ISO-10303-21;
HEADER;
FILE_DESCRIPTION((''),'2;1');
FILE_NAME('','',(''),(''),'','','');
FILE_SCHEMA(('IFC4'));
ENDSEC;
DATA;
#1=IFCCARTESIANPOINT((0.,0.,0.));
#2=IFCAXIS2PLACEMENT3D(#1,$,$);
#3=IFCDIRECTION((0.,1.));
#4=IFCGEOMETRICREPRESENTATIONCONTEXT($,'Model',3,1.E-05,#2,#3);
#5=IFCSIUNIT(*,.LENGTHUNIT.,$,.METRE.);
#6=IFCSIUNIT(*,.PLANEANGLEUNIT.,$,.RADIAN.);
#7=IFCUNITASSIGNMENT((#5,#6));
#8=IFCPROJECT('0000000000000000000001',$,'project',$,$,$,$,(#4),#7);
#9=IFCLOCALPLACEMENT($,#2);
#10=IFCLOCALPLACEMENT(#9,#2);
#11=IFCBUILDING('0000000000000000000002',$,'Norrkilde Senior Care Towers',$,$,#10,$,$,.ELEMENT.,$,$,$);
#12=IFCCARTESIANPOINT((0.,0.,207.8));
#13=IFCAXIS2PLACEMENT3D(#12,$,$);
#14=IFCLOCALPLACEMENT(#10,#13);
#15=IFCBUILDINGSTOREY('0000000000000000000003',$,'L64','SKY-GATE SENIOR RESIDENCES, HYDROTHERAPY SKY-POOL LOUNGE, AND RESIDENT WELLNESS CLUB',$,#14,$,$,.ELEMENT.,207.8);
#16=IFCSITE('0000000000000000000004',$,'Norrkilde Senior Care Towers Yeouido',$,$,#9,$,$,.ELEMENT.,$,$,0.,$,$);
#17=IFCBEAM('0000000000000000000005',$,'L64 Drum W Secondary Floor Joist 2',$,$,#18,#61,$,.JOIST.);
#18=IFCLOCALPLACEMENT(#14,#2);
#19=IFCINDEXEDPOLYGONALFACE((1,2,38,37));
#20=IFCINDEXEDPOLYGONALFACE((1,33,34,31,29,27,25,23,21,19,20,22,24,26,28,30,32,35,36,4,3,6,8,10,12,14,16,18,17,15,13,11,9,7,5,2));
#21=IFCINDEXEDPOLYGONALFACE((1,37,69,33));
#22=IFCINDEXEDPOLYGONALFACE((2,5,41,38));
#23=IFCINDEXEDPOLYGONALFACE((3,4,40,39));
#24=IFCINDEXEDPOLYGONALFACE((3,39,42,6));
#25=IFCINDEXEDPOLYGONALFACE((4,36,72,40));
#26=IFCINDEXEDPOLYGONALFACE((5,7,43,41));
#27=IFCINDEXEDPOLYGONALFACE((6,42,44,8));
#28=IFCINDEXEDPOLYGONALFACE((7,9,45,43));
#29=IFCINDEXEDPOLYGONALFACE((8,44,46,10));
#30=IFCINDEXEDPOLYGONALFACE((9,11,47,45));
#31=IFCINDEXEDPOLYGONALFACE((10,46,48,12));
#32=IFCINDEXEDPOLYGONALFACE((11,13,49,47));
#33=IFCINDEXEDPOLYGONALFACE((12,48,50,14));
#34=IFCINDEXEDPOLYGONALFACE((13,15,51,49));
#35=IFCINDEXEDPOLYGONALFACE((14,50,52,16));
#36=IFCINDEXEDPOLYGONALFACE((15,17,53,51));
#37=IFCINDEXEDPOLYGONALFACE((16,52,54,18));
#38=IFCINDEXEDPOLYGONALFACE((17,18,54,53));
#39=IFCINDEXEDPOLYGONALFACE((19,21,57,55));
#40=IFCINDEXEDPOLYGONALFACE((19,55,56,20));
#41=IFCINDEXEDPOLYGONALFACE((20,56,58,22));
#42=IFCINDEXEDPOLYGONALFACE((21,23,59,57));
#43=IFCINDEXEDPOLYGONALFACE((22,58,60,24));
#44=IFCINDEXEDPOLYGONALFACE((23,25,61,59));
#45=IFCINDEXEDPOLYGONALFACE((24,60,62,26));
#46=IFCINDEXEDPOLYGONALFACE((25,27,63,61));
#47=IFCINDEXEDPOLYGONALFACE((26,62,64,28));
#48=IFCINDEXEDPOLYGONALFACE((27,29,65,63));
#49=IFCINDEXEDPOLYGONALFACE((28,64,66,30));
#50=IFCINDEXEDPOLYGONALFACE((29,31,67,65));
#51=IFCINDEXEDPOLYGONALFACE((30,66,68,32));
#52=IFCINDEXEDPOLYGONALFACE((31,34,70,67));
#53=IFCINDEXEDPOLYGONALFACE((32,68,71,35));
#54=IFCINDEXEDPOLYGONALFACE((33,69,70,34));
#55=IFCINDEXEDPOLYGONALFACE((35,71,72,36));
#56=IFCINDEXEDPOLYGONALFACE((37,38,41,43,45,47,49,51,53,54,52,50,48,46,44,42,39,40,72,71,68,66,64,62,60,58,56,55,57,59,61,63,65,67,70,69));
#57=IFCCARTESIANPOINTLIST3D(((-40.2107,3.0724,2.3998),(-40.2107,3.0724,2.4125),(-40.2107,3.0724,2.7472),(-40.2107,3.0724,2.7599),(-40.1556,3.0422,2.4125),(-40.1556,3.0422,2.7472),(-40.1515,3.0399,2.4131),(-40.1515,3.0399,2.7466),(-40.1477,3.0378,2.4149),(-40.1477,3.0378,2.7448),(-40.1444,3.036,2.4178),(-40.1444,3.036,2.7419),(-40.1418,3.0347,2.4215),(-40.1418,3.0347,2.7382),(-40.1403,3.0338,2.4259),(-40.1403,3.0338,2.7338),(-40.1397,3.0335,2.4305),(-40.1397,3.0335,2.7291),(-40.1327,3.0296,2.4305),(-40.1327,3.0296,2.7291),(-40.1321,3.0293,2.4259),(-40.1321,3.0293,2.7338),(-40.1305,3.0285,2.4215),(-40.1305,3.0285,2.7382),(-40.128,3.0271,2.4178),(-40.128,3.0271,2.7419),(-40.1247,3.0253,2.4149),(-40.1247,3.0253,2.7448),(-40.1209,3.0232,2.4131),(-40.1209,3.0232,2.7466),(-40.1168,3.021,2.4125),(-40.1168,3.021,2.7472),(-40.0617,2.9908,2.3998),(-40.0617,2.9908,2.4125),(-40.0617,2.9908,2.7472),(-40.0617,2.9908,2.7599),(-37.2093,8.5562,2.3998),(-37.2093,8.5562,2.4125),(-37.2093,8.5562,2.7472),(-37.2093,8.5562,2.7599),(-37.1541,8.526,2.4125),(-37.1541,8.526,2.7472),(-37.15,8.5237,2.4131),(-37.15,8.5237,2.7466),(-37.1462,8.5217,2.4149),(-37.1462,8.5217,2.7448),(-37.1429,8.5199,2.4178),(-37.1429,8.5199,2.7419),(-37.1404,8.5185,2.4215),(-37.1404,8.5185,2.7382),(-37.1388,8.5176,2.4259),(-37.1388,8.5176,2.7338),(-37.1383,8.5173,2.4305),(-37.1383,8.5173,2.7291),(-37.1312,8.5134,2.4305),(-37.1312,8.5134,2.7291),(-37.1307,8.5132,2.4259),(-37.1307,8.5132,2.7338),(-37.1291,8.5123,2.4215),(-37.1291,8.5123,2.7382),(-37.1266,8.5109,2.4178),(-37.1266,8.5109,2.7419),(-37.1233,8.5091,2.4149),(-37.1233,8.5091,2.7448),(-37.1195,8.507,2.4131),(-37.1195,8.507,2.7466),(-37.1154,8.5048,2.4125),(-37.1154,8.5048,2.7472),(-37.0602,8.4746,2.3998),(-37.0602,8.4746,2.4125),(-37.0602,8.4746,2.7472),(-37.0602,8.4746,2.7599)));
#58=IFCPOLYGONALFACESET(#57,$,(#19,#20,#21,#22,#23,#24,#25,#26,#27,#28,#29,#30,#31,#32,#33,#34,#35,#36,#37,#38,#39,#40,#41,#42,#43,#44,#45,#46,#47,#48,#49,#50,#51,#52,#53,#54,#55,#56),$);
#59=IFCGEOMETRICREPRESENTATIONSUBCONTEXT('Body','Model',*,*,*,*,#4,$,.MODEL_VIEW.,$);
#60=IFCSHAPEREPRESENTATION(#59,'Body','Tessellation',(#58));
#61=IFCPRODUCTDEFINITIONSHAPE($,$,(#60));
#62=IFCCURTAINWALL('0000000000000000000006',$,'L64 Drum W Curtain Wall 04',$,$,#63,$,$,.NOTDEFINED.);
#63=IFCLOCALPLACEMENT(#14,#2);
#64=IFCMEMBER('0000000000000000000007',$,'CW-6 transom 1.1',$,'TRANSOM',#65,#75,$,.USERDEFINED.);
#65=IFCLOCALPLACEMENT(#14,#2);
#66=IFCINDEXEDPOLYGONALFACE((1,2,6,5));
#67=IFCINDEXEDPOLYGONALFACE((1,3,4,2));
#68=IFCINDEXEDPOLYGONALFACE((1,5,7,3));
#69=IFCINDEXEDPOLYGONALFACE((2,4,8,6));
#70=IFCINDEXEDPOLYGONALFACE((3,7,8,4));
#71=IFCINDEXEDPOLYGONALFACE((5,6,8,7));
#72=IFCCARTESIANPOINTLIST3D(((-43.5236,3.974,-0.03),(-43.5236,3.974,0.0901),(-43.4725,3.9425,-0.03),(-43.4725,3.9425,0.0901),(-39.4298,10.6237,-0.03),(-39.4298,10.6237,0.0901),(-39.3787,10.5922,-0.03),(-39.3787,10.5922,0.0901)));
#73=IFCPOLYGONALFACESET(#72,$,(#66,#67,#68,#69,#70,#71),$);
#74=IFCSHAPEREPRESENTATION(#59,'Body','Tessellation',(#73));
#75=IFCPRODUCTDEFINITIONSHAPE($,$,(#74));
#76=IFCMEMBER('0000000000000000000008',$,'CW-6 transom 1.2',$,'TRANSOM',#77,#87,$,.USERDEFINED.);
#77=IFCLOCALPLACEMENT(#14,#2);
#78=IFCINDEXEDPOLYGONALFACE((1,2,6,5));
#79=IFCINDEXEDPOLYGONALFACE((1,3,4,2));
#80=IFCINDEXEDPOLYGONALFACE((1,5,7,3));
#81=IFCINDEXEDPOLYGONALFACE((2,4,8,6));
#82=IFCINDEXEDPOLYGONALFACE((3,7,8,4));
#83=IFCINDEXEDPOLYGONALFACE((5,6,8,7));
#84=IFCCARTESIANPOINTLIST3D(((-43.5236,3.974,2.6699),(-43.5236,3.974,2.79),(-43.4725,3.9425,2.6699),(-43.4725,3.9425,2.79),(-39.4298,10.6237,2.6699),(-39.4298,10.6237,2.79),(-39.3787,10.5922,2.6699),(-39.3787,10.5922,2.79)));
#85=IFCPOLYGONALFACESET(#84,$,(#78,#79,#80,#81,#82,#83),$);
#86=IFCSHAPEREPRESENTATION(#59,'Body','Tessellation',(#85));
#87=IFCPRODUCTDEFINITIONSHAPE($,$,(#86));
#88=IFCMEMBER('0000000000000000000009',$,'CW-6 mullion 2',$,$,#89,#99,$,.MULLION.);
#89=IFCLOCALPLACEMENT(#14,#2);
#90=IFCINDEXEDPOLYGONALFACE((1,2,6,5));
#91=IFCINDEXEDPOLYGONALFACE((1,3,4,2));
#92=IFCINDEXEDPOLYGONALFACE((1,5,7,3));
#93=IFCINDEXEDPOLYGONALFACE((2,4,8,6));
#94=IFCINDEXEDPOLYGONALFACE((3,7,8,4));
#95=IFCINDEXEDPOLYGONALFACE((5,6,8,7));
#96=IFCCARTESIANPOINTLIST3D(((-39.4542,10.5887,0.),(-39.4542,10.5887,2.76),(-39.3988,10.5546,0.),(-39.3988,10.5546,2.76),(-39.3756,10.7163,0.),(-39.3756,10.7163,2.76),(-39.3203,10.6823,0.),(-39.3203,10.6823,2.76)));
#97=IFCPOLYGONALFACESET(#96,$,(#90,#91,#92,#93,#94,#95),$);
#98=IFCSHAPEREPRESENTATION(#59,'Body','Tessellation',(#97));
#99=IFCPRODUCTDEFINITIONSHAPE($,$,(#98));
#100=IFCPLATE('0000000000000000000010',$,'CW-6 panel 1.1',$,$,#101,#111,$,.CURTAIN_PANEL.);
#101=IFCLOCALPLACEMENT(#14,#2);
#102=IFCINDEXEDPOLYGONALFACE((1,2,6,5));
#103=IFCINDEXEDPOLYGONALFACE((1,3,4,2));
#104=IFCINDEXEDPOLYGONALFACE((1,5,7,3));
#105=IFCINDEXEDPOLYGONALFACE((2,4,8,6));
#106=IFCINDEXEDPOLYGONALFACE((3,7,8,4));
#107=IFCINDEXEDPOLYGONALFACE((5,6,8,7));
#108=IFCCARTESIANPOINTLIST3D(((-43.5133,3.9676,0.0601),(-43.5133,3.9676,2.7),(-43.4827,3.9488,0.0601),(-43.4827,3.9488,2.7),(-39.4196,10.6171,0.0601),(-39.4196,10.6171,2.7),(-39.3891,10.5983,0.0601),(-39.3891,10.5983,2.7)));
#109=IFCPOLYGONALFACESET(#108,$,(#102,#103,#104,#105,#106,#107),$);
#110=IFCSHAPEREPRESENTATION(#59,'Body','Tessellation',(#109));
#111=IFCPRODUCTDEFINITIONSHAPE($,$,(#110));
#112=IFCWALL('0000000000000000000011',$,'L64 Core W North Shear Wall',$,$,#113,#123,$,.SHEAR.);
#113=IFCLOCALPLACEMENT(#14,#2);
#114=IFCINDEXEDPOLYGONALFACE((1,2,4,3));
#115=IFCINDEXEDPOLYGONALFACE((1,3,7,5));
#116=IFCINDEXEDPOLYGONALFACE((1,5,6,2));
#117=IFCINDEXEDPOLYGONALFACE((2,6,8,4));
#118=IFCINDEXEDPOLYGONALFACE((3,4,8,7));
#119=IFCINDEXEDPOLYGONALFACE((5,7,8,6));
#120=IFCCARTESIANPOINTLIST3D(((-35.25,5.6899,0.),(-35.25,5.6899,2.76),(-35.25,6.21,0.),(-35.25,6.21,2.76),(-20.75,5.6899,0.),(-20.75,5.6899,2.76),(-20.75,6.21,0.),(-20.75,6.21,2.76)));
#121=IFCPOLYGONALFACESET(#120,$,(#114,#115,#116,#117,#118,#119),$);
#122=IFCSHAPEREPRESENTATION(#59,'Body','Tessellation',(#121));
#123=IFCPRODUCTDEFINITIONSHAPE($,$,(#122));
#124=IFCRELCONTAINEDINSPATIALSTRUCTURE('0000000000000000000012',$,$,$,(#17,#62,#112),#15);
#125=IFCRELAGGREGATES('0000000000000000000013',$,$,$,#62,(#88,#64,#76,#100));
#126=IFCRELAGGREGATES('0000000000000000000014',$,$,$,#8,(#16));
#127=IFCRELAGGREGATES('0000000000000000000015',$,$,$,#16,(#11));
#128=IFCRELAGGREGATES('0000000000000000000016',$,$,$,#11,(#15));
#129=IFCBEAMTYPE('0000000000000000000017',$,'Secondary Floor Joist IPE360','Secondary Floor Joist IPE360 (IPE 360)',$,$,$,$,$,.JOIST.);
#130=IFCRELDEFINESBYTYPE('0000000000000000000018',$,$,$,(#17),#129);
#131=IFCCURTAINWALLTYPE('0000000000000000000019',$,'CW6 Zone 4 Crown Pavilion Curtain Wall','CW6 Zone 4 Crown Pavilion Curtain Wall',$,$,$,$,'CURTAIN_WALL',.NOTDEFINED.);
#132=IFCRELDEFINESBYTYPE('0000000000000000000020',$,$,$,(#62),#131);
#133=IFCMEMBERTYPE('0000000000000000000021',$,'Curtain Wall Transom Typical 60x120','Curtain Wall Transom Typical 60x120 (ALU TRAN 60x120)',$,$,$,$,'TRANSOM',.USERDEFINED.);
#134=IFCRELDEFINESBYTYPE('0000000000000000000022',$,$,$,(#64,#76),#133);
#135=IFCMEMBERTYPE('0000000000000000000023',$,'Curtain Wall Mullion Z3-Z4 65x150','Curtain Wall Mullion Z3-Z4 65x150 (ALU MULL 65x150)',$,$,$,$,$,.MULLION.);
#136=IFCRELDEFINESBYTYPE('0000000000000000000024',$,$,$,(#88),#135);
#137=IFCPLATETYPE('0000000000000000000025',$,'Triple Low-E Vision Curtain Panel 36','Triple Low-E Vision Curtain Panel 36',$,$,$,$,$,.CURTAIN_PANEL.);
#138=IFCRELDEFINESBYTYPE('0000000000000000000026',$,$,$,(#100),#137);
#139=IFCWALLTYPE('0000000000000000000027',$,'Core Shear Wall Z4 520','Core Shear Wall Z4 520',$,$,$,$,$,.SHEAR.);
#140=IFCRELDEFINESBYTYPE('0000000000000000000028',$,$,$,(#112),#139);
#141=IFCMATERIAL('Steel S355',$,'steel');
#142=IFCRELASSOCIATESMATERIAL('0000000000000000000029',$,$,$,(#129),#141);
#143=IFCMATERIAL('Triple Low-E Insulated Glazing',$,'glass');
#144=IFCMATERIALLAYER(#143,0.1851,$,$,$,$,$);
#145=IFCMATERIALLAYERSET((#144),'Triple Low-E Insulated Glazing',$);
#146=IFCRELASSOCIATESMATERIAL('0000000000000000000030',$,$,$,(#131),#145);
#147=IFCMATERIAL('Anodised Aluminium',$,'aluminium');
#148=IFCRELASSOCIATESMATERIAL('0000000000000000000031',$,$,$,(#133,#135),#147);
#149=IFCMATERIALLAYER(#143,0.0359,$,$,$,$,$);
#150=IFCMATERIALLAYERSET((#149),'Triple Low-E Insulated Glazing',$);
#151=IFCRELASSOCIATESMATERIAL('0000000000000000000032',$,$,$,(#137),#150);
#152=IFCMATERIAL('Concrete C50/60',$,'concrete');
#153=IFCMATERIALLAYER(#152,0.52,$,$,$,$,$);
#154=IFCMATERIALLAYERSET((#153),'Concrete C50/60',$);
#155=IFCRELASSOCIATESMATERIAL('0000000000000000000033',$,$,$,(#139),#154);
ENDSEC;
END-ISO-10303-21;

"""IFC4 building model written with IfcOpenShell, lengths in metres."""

from ifc_helpers import new_model, si_unit, direction, frame, frame_2d, origin, origin_2d, place, context, subcontext, project, spatial, rectangle, i_section, extrude, source, transform, mapped, material, layer, layer_set, material_profile, profile_set, type_object, type_shapes, element, aggregate, save


model = new_model("IFC4")

# Units and contexts
model_context = context("Model", 3, precision=1e-05, world=origin(), true_north=direction((0.0, 1.0)))
body_context = subcontext(model_context, "Body", "Model", "MODEL_VIEW")
ifc_project = project(units=[si_unit("LENGTHUNIT", "METRE"), si_unit("PLANEANGLEUNIT", "RADIAN")], contexts=[model_context])

# Site, building, storey
site_placement = place(None, origin())
site = spatial("IfcSite", under=ifc_project, at=site_placement, Name="Norrkilde Senior Care Towers Yeouido", CompositionType="ELEMENT", RefElevation=0.0)
building_placement = place(site_placement, origin())
building = spatial("IfcBuilding", under=site, at=building_placement, Name="Norrkilde Senior Care Towers", CompositionType="ELEMENT")
storey_placement = place(building_placement, frame((0.0, 0.0, 207.8)))
storey = spatial("IfcBuildingStorey", under=building, at=storey_placement, Name="L64", Description="SKY-GATE SENIOR RESIDENCES, HYDROTHERAPY SKY-POOL LOUNGE, AND RESIDENT WELLNESS CLUB", CompositionType="ELEMENT", Elevation=207.8)

# Shared definitions
ifc_material_1 = material(Name="Concrete C50/60", Category="concrete")

# Beam
ifc_material_2 = material(Name="Steel S355", Category="steel")
ifc_material_profile_1 = material_profile(ifc_material_2, i_section(OverallWidth=0.1699, OverallDepth=0.3601, WebThickness=0.0081, FlangeThickness=0.0127, FilletRadius=0.0181, at=origin_2d()), Name="IPE 360")
ifc_profile_set_1 = profile_set([ifc_material_profile_1], Name="Steel S355")
beam_type_1 = type_object("IfcBeamType", Name="Secondary Floor Joist IPE360", Description="Secondary Floor Joist IPE360 (IPE 360)", PredefinedType="JOIST", material=ifc_profile_set_1)
shared_shape_1 = source(origin(), body_context, "Body", "SweptSolid", [
    extrude(i_section(OverallWidth=0.1699, OverallDepth=0.3601, WebThickness=0.0081, FlangeThickness=0.0127, FilletRadius=0.0181, at=origin_2d()), origin(), (0.0, 0.0, 1.0), 6.2515),
])
type_shapes(beam_type_1, [shared_shape_1])
beam_1_placement = place(storey_placement, frame((-37.1348, 8.5154, 2.5798), z_axis=(-0.480116, -0.877205, 0.0), x_axis=(0.877205, -0.480116, 0.0)))
element("IfcBeam", 1, at=beam_1_placement, inside=storey, type_object=beam_type_1, Name="L64 Drum W Secondary Floor Joist 2", PredefinedType="JOIST", context=body_context, shape_type="MappedRepresentation", body=[
    mapped(shared_shape_1, transform((0.0, 0.0, 0.0), x_axis=(1.0, 0.0, 0.0), y_axis=(0.0, 1.0, 0.0), z_axis=(0.0, 0.0, 1.0), scale=1.0)),
])

# Curtain wall, members, plate
ifc_material_3 = material(Name="Triple Low-E Insulated Glazing", Category="glass")
ifc_layer_1 = layer(ifc_material_3, 0.1851)
ifc_layer_set_1 = layer_set([ifc_layer_1], Name="Triple Low-E Insulated Glazing")
curtain_wall_type = type_object("IfcCurtainWallType", Name="CW6 Zone 4 Crown Pavilion Curtain Wall", Description="CW6 Zone 4 Crown Pavilion Curtain Wall", ElementType="CURTAIN_WALL", PredefinedType="NOTDEFINED", material=ifc_layer_set_1)
curtain_wall_placement = place(storey_placement, origin())
curtain_wall = element("IfcCurtainWall", 2, at=curtain_wall_placement, inside=storey, type_object=curtain_wall_type, Name="L64 Drum W Curtain Wall 04", PredefinedType="NOTDEFINED")
ifc_material_4 = material(Name="Anodised Aluminium", Category="aluminium")
ifc_material_profile_2 = material_profile(ifc_material_4, rectangle(XDim=0.0601, YDim=0.1201, at=origin_2d()), Name="ALU TRAN 60x120")
ifc_profile_set_2 = profile_set([ifc_material_profile_2], Name="Anodised Aluminium")
member_type_1 = type_object("IfcMemberType", Name="Curtain Wall Transom Typical 60x120", Description="Curtain Wall Transom Typical 60x120 (ALU TRAN 60x120)", ElementType="TRANSOM", PredefinedType="USERDEFINED", material=ifc_profile_set_2)
shared_shape_2 = source(origin(), body_context, "Body", "SweptSolid", [
    extrude(rectangle(XDim=0.0601, YDim=0.1201, at=origin_2d()), origin(), (0.0, 0.0, 1.0), 7.8088),
])
type_shapes(member_type_1, [shared_shape_2])
member_1_placement = place(storey_placement, frame((-43.498, 3.9583, 0.03), z_axis=(0.524251, 0.851564, 0.0), x_axis=(-0.851564, 0.524251, 0.0)))
member_1 = element("IfcMember", 3, at=member_1_placement, type_object=member_type_1, Name="CW-6 transom 1.1", ObjectType="TRANSOM", PredefinedType="USERDEFINED", context=body_context, shape_type="MappedRepresentation", body=[
    mapped(shared_shape_2, transform((0.0, 0.0, 0.0), x_axis=(1.0, 0.0, 0.0), y_axis=(0.0, 1.0, 0.0), z_axis=(0.0, 0.0, 1.0), scale=1.0)),
])
member_2_placement = place(storey_placement, frame((-43.498, 3.9583, 2.73), z_axis=(0.524251, 0.851564, 0.0), x_axis=(-0.851564, 0.524251, 0.0)))
member_2 = element("IfcMember", 4, at=member_2_placement, type_object=member_type_1, Name="CW-6 transom 1.2", ObjectType="TRANSOM", PredefinedType="USERDEFINED", context=body_context, shape_type="MappedRepresentation", body=[
    mapped(shared_shape_2, transform((0.0, 0.0, 0.0), x_axis=(1.0, 0.0, 0.0), y_axis=(0.0, 1.0, 0.0), z_axis=(0.0, 0.0, 1.0), scale=1.0)),
])
ifc_material_profile_3 = material_profile(ifc_material_4, rectangle(XDim=0.0649, YDim=0.1499, at=origin_2d()), Name="ALU MULL 65x150")
ifc_profile_set_3 = profile_set([ifc_material_profile_3], Name="Anodised Aluminium")
member_type_2 = type_object("IfcMemberType", Name="Curtain Wall Mullion Z3-Z4 65x150", Description="Curtain Wall Mullion Z3-Z4 65x150 (ALU MULL 65x150)", PredefinedType="MULLION", material=ifc_profile_set_3)
shared_shape_3 = source(origin(), body_context, "Body", "SweptSolid", [
    extrude(rectangle(XDim=0.0649, YDim=0.1499, at=origin_2d()), origin(), (0.0, 0.0, 1.0), 2.76),
])
type_shapes(member_type_2, [shared_shape_3])
member_3_placement = place(storey_placement, frame((-39.3872, 10.6355, 0.0), z_axis=(0.0, 0.0, 1.0), x_axis=(-0.851563, 0.524253, 0.0)))
member_3 = element("IfcMember", 5, at=member_3_placement, type_object=member_type_2, Name="CW-6 mullion 2", PredefinedType="MULLION", context=body_context, shape_type="MappedRepresentation", body=[
    mapped(shared_shape_3, transform((0.0, 0.0, 0.0), x_axis=(1.0, 0.0, 0.0), y_axis=(0.0, 1.0, 0.0), z_axis=(0.0, 0.0, 1.0), scale=1.0)),
])
ifc_layer_2 = layer(ifc_material_3, 0.0359)
ifc_layer_set_2 = layer_set([ifc_layer_2], Name="Triple Low-E Insulated Glazing")
plate_type = type_object("IfcPlateType", Name="Triple Low-E Vision Curtain Panel 36", Description="Triple Low-E Vision Curtain Panel 36", PredefinedType="CURTAIN_PANEL", material=ifc_layer_set_2)
shared_shape_4 = source(origin(), body_context, "Body", "SweptSolid", [
    extrude(rectangle(XDim=7.8086, YDim=0.0359, at=origin_2d()), origin(), (0.0, 0.0, 1.0), 2.6399),
])
type_shapes(plate_type, [shared_shape_4])
plate_placement = place(storey_placement, frame((-41.4512, 7.283, 0.0601), z_axis=(0.0, 0.0, 1.0), x_axis=(0.524253, 0.851563, 0.0)))
plate = element("IfcPlate", 6, at=plate_placement, type_object=plate_type, Name="CW-6 panel 1.1", PredefinedType="CURTAIN_PANEL", context=body_context, shape_type="MappedRepresentation", body=[
    mapped(shared_shape_4, transform((0.0, 0.0, 0.0), x_axis=(1.0, 0.0, 0.0), y_axis=(0.0, 1.0, 0.0), z_axis=(0.0, 0.0, 1.0), scale=1.0)),
])
aggregate(curtain_wall, [member_3, member_1, member_2, plate])

# Wall
ifc_layer_3 = layer(ifc_material_1, 0.52)
ifc_layer_set_3 = layer_set([ifc_layer_3], Name="Concrete C50/60")
wall_type_1 = type_object("IfcWallType", Name="Core Shear Wall Z4 520", Description="Core Shear Wall Z4 520", PredefinedType="SHEAR", material=ifc_layer_set_3)
shared_shape_5 = source(origin(), body_context, "Body", "SweptSolid", [
    extrude(rectangle(XDim=14.5, YDim=0.52, at=frame_2d((7.25, 0.0))), origin(), (0.0, 0.0, 1.0), 2.76),
])
type_shapes(wall_type_1, [shared_shape_5])
wall_1_placement = place(storey_placement, frame((-35.25, 5.95, 0.0), z_axis=(0.0, 0.0, 1.0), x_axis=(1.0, 0.0, 0.0)))
element("IfcWall", 7, at=wall_1_placement, inside=storey, type_object=wall_type_1, Name="L64 Core W North Shear Wall", PredefinedType="SHEAR", context=body_context, shape_type="MappedRepresentation", body=[
    mapped(shared_shape_5, transform((0.0, 0.0, 0.0), x_axis=(1.0, 0.0, 0.0), y_axis=(0.0, 1.0, 0.0), z_axis=(0.0, 0.0, 1.0), scale=1.0)),
])

save(model, "model.ifc")
